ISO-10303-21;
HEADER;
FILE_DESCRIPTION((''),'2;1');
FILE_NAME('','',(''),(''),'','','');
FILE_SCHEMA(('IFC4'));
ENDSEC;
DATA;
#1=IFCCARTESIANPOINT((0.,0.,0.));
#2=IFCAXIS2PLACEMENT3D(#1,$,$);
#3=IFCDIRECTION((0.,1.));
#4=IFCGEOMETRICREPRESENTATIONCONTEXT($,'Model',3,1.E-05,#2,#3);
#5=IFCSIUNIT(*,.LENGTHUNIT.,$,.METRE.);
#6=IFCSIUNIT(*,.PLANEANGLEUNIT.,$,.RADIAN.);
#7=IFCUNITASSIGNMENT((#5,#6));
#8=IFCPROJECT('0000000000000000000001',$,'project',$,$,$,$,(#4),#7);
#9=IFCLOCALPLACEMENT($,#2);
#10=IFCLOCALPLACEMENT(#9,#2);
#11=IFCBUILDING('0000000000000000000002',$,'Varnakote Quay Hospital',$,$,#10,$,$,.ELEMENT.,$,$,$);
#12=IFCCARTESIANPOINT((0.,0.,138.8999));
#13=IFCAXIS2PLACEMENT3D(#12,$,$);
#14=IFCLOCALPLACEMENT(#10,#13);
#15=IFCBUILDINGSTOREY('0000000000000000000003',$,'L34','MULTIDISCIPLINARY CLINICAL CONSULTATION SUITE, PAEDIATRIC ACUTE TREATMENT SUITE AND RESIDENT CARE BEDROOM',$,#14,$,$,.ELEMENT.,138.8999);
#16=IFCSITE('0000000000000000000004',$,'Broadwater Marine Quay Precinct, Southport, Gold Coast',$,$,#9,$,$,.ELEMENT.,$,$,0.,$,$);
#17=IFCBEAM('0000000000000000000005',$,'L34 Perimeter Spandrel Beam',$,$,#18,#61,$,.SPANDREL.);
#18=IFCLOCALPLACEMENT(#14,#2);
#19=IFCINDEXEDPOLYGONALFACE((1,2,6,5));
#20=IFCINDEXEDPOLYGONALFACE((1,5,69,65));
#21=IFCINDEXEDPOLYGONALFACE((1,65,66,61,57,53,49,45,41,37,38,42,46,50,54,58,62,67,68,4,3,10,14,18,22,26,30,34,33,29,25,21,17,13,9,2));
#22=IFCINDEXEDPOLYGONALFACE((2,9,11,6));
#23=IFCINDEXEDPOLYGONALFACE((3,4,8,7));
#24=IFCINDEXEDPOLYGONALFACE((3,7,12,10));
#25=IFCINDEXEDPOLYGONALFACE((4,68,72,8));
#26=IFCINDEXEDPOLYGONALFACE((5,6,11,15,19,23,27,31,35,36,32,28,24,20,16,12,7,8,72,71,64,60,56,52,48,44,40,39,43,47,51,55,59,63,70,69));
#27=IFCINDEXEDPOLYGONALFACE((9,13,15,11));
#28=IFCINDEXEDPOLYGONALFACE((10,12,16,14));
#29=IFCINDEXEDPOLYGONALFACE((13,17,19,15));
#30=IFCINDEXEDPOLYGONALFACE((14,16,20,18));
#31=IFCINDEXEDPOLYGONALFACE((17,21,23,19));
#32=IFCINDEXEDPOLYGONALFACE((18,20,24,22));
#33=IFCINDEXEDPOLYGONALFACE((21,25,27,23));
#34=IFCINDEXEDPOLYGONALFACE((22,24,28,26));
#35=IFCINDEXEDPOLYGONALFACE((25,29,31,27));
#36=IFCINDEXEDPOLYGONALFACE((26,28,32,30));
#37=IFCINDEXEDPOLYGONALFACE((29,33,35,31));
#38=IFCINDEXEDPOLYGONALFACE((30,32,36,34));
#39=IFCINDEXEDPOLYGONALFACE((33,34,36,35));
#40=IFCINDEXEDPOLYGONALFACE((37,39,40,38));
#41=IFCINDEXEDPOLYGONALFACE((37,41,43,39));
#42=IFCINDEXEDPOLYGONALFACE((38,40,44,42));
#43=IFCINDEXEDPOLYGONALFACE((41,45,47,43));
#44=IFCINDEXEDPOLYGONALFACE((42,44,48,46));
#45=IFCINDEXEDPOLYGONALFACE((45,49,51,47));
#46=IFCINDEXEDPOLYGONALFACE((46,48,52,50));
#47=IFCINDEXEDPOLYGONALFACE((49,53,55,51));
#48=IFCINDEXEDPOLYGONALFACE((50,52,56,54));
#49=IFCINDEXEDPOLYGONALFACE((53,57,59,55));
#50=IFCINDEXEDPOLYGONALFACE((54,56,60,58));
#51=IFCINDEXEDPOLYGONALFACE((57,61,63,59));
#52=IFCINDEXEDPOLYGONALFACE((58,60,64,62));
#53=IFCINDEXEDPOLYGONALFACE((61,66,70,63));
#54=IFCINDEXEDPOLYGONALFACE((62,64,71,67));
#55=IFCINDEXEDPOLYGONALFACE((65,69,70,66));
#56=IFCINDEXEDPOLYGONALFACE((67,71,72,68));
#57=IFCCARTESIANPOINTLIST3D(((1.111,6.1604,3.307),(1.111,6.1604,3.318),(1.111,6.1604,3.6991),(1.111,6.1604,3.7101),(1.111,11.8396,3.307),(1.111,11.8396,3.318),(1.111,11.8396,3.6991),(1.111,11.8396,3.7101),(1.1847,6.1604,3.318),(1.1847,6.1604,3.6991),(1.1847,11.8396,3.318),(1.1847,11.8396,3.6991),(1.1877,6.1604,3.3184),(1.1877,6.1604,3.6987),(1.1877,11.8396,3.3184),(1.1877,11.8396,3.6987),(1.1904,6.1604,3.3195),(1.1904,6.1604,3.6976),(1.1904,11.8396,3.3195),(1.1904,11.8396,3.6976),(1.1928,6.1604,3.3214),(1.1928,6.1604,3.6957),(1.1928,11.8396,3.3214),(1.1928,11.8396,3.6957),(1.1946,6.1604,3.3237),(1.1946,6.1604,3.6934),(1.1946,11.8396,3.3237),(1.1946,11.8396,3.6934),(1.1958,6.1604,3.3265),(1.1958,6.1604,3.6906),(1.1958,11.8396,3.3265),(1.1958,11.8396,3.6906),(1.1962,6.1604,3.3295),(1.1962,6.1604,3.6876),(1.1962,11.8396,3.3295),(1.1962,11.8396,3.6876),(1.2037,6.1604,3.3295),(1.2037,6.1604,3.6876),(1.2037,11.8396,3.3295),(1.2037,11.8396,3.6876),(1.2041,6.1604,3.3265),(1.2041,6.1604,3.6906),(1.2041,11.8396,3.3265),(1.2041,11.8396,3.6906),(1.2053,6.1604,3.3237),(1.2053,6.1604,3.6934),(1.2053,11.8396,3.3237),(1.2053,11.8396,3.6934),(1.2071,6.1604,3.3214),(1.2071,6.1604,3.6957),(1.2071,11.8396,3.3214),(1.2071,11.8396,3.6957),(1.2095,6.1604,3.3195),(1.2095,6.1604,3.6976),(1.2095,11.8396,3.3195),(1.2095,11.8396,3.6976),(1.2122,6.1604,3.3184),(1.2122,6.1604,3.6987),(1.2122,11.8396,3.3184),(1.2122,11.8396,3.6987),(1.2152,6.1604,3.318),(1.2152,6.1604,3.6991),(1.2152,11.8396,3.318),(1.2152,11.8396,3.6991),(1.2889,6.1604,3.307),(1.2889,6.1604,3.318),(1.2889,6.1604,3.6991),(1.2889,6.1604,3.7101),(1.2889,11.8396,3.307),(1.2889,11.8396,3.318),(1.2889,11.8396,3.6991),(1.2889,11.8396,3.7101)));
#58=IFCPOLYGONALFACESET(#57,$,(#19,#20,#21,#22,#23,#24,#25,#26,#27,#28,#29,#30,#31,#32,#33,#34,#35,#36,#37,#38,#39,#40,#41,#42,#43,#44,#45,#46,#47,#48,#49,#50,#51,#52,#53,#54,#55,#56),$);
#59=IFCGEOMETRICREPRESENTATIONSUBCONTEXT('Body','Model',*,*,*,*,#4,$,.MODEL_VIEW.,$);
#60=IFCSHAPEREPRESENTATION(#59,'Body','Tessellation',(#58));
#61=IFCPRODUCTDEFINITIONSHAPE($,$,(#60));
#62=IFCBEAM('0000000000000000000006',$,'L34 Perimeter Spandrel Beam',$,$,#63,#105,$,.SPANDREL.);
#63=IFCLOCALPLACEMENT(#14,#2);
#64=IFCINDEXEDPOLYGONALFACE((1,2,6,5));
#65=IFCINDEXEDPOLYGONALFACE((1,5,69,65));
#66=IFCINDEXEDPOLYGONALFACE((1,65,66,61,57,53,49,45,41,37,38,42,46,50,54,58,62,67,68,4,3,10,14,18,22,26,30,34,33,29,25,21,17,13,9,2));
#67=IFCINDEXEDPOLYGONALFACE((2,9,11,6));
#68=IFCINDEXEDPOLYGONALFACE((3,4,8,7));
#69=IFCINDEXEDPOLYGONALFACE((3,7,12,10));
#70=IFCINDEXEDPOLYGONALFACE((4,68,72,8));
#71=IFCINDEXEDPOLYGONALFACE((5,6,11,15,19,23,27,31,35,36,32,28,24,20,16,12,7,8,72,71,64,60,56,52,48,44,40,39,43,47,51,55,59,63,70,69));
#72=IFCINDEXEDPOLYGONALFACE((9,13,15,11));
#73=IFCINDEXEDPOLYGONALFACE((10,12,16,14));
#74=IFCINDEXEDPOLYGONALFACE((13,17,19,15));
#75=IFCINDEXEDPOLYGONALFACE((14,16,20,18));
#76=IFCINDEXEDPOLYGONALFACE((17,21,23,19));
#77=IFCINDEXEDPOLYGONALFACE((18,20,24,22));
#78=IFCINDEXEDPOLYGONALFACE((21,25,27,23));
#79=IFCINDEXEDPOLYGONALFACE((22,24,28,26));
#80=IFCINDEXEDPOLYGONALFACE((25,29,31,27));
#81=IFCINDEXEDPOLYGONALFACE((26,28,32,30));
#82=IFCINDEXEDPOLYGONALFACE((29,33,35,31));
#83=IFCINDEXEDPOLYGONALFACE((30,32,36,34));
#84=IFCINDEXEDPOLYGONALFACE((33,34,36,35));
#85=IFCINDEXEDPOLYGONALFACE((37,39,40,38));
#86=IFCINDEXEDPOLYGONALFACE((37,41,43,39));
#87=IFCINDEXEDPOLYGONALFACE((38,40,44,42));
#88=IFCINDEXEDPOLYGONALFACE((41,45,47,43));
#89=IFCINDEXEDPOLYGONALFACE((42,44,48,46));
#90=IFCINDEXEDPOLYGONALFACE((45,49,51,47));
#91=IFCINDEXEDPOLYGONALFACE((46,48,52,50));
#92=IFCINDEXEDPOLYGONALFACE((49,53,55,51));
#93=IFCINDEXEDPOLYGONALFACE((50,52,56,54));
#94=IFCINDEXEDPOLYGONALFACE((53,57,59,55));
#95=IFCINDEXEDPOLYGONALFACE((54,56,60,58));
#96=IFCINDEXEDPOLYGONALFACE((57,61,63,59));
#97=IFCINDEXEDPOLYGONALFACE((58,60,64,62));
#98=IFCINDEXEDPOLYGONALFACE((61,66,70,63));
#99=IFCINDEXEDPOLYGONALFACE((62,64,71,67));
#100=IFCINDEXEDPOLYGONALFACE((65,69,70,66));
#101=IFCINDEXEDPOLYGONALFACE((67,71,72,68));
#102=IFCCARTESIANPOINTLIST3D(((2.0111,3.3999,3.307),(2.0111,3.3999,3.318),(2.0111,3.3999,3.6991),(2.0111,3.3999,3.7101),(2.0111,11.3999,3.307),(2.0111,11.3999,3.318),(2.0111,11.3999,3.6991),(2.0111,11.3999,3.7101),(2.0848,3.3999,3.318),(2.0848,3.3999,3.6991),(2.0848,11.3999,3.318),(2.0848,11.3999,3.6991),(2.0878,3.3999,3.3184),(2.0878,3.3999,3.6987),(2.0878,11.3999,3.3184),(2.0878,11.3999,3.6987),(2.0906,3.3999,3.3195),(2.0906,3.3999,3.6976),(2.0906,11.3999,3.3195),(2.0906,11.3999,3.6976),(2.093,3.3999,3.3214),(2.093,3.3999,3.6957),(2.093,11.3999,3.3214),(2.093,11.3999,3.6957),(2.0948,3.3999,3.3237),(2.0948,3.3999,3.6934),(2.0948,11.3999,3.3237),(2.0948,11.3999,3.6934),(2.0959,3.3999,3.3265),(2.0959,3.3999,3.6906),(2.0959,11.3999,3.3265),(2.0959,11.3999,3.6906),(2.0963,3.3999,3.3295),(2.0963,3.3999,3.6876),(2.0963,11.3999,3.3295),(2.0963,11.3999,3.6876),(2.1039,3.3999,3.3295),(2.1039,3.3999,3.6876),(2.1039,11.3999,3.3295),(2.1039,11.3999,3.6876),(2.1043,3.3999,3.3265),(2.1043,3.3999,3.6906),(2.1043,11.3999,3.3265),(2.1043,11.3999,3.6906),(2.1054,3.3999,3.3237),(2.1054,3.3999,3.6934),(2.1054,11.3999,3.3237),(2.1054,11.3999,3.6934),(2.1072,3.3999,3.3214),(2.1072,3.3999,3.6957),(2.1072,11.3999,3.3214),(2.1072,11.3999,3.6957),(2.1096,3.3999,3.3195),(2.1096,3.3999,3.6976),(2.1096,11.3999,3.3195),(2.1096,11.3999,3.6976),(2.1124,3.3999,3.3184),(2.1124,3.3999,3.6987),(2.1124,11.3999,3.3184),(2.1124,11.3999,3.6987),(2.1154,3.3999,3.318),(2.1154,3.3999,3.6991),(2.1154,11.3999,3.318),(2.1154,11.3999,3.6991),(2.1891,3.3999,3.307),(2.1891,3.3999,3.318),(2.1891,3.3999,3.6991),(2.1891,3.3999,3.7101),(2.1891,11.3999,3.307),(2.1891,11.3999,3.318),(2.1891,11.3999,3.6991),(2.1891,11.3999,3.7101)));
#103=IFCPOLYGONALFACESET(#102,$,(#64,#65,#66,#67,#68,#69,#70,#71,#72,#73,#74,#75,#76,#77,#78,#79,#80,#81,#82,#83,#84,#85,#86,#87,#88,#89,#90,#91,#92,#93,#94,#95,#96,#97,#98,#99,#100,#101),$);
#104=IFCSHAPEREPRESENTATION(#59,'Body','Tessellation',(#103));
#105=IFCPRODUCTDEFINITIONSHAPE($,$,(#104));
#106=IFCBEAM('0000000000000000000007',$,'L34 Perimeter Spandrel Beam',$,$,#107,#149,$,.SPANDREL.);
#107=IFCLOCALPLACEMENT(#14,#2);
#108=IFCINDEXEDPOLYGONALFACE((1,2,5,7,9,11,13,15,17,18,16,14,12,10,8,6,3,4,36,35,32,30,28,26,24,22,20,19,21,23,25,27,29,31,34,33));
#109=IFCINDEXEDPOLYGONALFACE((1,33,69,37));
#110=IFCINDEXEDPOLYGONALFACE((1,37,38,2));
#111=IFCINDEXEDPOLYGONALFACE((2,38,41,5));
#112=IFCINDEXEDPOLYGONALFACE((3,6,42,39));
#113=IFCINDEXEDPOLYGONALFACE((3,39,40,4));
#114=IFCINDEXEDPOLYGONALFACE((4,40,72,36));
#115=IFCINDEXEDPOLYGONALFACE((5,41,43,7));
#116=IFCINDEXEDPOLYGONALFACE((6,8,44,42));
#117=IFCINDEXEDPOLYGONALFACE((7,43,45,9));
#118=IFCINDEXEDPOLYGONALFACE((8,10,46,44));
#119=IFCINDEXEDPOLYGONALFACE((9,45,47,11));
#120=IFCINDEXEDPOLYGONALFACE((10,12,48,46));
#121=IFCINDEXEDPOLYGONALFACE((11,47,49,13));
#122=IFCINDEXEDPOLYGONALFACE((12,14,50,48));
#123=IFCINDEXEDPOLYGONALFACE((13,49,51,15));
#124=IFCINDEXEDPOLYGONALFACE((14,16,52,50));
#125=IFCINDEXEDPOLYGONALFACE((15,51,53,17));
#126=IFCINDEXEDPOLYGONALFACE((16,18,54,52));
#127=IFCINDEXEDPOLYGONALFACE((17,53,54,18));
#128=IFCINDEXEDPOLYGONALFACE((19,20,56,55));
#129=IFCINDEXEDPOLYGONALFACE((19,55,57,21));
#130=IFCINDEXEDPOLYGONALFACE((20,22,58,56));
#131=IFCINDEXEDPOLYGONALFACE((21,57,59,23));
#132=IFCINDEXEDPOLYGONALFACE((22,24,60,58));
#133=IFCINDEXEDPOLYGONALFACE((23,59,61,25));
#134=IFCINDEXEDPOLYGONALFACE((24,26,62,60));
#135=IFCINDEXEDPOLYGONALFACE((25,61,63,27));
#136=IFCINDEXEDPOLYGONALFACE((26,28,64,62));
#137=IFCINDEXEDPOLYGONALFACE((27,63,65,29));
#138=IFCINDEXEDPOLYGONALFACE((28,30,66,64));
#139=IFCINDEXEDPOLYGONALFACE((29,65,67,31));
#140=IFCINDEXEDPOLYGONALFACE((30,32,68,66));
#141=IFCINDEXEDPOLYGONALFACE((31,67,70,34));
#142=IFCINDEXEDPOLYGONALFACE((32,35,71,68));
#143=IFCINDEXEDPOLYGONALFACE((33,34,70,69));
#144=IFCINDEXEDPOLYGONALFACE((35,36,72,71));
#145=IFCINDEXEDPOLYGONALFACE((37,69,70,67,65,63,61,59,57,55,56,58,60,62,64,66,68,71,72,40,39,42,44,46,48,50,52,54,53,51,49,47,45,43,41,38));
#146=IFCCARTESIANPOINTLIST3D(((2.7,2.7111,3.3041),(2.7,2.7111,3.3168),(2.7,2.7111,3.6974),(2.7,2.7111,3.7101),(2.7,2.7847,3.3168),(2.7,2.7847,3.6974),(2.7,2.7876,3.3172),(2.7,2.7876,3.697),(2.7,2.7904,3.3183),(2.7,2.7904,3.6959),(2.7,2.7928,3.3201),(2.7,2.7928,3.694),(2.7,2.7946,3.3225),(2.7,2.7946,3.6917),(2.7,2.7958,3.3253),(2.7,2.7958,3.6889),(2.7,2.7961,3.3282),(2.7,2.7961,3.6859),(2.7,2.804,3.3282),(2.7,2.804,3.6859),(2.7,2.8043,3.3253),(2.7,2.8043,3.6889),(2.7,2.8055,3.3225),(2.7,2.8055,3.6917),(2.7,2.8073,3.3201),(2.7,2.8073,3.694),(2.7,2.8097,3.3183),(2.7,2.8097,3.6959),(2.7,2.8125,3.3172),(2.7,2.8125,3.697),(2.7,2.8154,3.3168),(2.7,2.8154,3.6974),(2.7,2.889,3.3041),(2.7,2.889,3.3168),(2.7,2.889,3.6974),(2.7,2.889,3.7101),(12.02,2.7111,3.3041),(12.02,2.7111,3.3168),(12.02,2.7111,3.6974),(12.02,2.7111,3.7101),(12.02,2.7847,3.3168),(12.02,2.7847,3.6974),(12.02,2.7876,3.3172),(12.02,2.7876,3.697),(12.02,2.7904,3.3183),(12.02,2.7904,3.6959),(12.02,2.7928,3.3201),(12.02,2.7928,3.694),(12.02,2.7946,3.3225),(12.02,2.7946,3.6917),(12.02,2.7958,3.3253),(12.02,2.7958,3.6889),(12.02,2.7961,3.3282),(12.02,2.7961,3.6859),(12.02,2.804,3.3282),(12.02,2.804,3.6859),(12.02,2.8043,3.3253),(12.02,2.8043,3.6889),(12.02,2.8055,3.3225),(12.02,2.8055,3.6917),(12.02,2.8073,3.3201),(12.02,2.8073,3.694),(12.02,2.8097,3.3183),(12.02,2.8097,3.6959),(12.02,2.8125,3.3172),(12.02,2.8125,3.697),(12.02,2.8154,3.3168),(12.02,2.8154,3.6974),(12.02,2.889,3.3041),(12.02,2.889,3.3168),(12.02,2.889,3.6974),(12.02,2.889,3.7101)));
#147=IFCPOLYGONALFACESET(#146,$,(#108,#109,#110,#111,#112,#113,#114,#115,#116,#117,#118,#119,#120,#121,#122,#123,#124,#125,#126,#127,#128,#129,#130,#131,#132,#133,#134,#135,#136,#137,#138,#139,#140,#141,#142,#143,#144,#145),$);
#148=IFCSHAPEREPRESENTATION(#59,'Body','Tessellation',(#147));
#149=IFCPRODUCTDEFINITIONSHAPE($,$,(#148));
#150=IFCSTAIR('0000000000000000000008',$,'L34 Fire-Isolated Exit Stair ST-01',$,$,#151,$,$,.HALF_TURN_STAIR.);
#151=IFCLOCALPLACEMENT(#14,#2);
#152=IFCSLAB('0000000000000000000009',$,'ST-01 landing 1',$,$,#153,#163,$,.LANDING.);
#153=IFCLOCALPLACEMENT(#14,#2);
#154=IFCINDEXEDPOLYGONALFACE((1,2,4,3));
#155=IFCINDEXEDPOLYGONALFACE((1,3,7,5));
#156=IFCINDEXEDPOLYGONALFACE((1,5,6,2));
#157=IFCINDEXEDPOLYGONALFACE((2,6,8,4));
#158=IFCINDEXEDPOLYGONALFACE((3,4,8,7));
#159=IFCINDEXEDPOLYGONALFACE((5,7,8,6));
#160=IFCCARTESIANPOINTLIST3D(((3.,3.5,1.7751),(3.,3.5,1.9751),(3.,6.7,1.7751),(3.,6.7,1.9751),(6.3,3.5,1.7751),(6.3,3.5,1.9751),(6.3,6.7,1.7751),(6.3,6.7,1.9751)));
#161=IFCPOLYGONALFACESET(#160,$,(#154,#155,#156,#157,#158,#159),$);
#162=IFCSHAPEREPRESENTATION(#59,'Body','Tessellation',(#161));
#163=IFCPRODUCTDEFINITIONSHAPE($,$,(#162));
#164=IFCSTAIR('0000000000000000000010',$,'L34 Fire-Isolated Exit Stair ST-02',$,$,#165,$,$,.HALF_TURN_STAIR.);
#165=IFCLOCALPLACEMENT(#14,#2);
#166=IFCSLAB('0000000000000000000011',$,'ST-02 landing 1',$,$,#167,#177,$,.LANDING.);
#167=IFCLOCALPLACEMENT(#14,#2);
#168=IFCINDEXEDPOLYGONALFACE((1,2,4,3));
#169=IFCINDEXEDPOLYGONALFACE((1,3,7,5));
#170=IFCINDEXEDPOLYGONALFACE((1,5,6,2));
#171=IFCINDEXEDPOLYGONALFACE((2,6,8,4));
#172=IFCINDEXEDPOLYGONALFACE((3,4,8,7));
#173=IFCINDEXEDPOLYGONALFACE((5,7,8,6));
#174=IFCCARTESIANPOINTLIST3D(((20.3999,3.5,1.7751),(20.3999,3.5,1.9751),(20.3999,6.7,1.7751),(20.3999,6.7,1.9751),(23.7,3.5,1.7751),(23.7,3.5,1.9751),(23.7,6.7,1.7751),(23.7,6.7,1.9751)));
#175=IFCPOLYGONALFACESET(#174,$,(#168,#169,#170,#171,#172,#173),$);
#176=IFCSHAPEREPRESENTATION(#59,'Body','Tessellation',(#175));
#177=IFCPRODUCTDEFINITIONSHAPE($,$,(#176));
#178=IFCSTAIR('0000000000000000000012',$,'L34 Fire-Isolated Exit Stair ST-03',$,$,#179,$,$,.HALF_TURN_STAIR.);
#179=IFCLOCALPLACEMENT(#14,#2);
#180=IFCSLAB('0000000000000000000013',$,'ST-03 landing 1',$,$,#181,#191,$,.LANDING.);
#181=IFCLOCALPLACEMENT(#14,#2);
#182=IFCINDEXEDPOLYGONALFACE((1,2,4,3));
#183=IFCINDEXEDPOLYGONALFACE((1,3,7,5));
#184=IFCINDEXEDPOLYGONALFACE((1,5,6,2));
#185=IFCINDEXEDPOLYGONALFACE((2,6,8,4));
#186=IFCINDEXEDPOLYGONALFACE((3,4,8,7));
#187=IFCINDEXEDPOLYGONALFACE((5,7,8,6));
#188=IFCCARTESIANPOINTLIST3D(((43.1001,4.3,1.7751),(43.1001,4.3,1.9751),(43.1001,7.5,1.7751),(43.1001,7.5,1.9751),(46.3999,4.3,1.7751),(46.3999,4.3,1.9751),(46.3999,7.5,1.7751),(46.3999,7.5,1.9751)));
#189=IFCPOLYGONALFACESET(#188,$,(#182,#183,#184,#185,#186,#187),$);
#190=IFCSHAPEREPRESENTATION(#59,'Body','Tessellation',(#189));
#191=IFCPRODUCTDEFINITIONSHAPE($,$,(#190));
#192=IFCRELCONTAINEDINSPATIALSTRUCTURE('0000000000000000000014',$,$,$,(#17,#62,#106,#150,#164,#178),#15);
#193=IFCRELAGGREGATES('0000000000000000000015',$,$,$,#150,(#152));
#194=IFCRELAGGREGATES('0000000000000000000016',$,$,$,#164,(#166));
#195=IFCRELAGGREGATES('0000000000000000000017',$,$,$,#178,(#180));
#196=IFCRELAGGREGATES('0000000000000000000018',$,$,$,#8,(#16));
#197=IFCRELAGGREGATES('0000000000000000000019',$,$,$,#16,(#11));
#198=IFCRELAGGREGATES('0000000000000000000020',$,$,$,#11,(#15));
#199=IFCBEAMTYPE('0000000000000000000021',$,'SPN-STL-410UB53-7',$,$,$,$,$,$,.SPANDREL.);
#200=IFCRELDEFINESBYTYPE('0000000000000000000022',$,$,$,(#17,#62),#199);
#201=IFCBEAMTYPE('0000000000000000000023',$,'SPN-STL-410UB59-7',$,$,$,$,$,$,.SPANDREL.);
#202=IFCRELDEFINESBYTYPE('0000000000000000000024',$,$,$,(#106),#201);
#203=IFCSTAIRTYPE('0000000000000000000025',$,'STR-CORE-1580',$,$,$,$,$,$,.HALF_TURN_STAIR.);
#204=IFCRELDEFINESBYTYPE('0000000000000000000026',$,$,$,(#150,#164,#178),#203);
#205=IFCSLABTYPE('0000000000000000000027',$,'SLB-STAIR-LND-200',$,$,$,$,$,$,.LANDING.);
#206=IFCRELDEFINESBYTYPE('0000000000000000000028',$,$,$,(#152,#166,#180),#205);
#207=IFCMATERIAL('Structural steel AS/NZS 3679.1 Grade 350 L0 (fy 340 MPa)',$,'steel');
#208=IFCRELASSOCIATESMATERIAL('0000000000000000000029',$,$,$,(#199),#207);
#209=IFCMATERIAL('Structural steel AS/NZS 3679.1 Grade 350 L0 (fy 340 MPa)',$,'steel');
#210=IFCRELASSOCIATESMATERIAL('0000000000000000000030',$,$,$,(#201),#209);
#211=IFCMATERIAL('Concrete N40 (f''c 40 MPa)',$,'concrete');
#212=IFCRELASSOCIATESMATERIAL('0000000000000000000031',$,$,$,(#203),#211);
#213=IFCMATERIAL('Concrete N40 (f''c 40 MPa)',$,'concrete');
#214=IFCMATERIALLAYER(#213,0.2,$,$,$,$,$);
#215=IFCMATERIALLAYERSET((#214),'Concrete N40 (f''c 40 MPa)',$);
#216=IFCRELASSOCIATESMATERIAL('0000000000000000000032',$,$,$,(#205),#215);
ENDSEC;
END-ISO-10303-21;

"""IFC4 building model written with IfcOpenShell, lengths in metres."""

from ifc_helpers import new_model, si_unit, direction, frame, origin, origin_2d, place, context, subcontext, project, spatial, polyline, i_section, outline, extrude, material, layer, layer_set, material_profile, profile_set, type_object, element, aggregate, save


model = new_model("IFC4")

# Units and contexts
model_context = context("Model", 3, precision=1e-05, world=origin(), true_north=direction((0.0, 1.0)))
body_context = subcontext(model_context, "Body", "Model", "MODEL_VIEW")
ifc_project = project(units=[si_unit("LENGTHUNIT", "METRE"), si_unit("PLANEANGLEUNIT", "RADIAN")], contexts=[model_context])

# Site, building, storey
site_placement = place(None, origin())
site = spatial("IfcSite", under=ifc_project, at=site_placement, Name="Broadwater Marine Quay Precinct, Southport, Gold Coast", CompositionType="ELEMENT", RefElevation=0.0)
building_placement = place(site_placement, origin())
building = spatial("IfcBuilding", under=site, at=building_placement, Name="Varnakote Quay Hospital", CompositionType="ELEMENT")
storey_placement = place(building_placement, frame((0.0, 0.0, 138.8999)))
storey = spatial("IfcBuildingStorey", under=building, at=storey_placement, Name="L34", Description="MULTIDISCIPLINARY CLINICAL CONSULTATION SUITE, PAEDIATRIC ACUTE TREATMENT SUITE AND RESIDENT CARE BEDROOM", CompositionType="ELEMENT", Elevation=138.8999)

# Beams
ifc_material_1 = material(Name="Structural steel AS/NZS 3679.1 Grade 350 L0 (fy 340 MPa)", Category="steel")
ifc_material_profile_1 = material_profile(ifc_material_1, i_section(OverallWidth=0.178, OverallDepth=0.4031, WebThickness=0.0076, FlangeThickness=0.011, FilletRadius=0.0115, at=origin_2d()), Name="410UB53.7")
ifc_profile_set_1 = profile_set([ifc_material_profile_1], Name="Structural steel AS/NZS 3679.1 Grade 350 L0 (fy 340 MPa)")
beam_type_1 = type_object("IfcBeamType", Name="SPN-STL-410UB53-7", PredefinedType="SPANDREL", material=ifc_profile_set_1)
beam_1_placement = place(storey_placement, frame((1.2, 6.1604, 3.5085), z_axis=(0.0, 1.0, 0.0), x_axis=(-1.0, 0.0, 0.0)))
element("IfcBeam", 1, at=beam_1_placement, inside=storey, type_object=beam_type_1, Name="L34 Perimeter Spandrel Beam", PredefinedType="SPANDREL", context=body_context, shape_type="SweptSolid", body=[
    extrude(i_section(OverallWidth=0.178, OverallDepth=0.4031, WebThickness=0.0076, FlangeThickness=0.011, FilletRadius=0.0115, at=origin_2d()), origin(), (0.0, 0.0, 1.0), 5.6792),
])
beam_2_placement = place(storey_placement, frame((2.1001, 3.3999, 3.5085), z_axis=(0.0, 1.0, 0.0), x_axis=(-1.0, 0.0, 0.0)))
element("IfcBeam", 2, at=beam_2_placement, inside=storey, type_object=beam_type_1, Name="L34 Perimeter Spandrel Beam", PredefinedType="SPANDREL", context=body_context, shape_type="SweptSolid", body=[
    extrude(i_section(OverallWidth=0.178, OverallDepth=0.4031, WebThickness=0.0076, FlangeThickness=0.011, FilletRadius=0.0115, at=origin_2d()), origin(), (0.0, 0.0, 1.0), 8.0),
])
ifc_material_2 = material(Name="Structural steel AS/NZS 3679.1 Grade 350 L0 (fy 340 MPa)", Category="steel")
ifc_material_profile_2 = material_profile(ifc_material_2, i_section(OverallWidth=0.178, OverallDepth=0.406, WebThickness=0.0078, FlangeThickness=0.0127, FilletRadius=0.0115, at=origin_2d()), Name="410UB59.7")
ifc_profile_set_2 = profile_set([ifc_material_profile_2], Name="Structural steel AS/NZS 3679.1 Grade 350 L0 (fy 340 MPa)")
beam_type_2 = type_object("IfcBeamType", Name="SPN-STL-410UB59-7", PredefinedType="SPANDREL", material=ifc_profile_set_2)
beam_3_placement = place(storey_placement, frame((2.7, 2.8, 3.5071), z_axis=(1.0, 0.0, 0.0), x_axis=(0.0, 1.0, 0.0)))
element("IfcBeam", 3, at=beam_3_placement, inside=storey, type_object=beam_type_2, Name="L34 Perimeter Spandrel Beam", PredefinedType="SPANDREL", context=body_context, shape_type="SweptSolid", body=[
    extrude(i_section(OverallWidth=0.178, OverallDepth=0.406, WebThickness=0.0078, FlangeThickness=0.0127, FilletRadius=0.0115, at=origin_2d()), origin(), (0.0, 0.0, 1.0), 9.3201),
])

# Stairs, slabs
ifc_material_3 = material(Name="Concrete N40 (f'c 40 MPa)", Category="concrete")
stair_type = type_object("IfcStairType", Name="STR-CORE-1580", PredefinedType="HALF_TURN_STAIR", material=ifc_material_3)
stair_1_placement = place(storey_placement, origin())
stair_1 = element("IfcStair", 4, at=stair_1_placement, inside=storey, type_object=stair_type, Name="L34 Fire-Isolated Exit Stair ST-01", PredefinedType="HALF_TURN_STAIR")
ifc_material_4 = material(Name="Concrete N40 (f'c 40 MPa)", Category="concrete")
ifc_layer_1 = layer(ifc_material_4, 0.2)
ifc_layer_set_1 = layer_set([ifc_layer_1], Name="Concrete N40 (f'c 40 MPa)")
slab_type_1 = type_object("IfcSlabType", Name="SLB-STAIR-LND-200", PredefinedType="LANDING", material=ifc_layer_set_1)
slab_1_placement = place(storey_placement, frame((0.0, 0.0, 1.7751)))
slab_1 = element("IfcSlab", 5, at=slab_1_placement, type_object=slab_type_1, Name="ST-01 landing 1", PredefinedType="LANDING", context=body_context, shape_type="SweptSolid", body=[
    extrude(outline(polyline([(3.0, 6.7), (3.0, 3.5), (6.3, 3.5), (6.3, 6.7), (3.0, 6.7)])), origin(), (0.0, 0.0, 1.0), 0.2),
])
aggregate(stair_1, [slab_1])
stair_2_placement = place(storey_placement, origin())
stair_2 = element("IfcStair", 6, at=stair_2_placement, inside=storey, type_object=stair_type, Name="L34 Fire-Isolated Exit Stair ST-02", PredefinedType="HALF_TURN_STAIR")
slab_2_placement = place(storey_placement, frame((0.0, 0.0, 1.7751)))
slab_2 = element("IfcSlab", 7, at=slab_2_placement, type_object=slab_type_1, Name="ST-02 landing 1", PredefinedType="LANDING", context=body_context, shape_type="SweptSolid", body=[
    extrude(outline(polyline([(20.3999, 6.7), (20.3999, 3.5), (23.7, 3.5), (23.7, 6.7), (20.3999, 6.7)])), origin(), (0.0, 0.0, 1.0), 0.2),
])
aggregate(stair_2, [slab_2])
stair_3_placement = place(storey_placement, origin())
stair_3 = element("IfcStair", 8, at=stair_3_placement, inside=storey, type_object=stair_type, Name="L34 Fire-Isolated Exit Stair ST-03", PredefinedType="HALF_TURN_STAIR")
slab_3_placement = place(storey_placement, frame((0.0, 0.0, 1.7751)))
slab_3 = element("IfcSlab", 9, at=slab_3_placement, type_object=slab_type_1, Name="ST-03 landing 1", PredefinedType="LANDING", context=body_context, shape_type="SweptSolid", body=[
    extrude(outline(polyline([(43.1001, 7.5), (43.1001, 4.3), (46.3999, 4.3), (46.3999, 7.5), (43.1001, 7.5)])), origin(), (0.0, 0.0, 1.0), 0.2),
])
aggregate(stair_3, [slab_3])

save(model, "model.ifc")
